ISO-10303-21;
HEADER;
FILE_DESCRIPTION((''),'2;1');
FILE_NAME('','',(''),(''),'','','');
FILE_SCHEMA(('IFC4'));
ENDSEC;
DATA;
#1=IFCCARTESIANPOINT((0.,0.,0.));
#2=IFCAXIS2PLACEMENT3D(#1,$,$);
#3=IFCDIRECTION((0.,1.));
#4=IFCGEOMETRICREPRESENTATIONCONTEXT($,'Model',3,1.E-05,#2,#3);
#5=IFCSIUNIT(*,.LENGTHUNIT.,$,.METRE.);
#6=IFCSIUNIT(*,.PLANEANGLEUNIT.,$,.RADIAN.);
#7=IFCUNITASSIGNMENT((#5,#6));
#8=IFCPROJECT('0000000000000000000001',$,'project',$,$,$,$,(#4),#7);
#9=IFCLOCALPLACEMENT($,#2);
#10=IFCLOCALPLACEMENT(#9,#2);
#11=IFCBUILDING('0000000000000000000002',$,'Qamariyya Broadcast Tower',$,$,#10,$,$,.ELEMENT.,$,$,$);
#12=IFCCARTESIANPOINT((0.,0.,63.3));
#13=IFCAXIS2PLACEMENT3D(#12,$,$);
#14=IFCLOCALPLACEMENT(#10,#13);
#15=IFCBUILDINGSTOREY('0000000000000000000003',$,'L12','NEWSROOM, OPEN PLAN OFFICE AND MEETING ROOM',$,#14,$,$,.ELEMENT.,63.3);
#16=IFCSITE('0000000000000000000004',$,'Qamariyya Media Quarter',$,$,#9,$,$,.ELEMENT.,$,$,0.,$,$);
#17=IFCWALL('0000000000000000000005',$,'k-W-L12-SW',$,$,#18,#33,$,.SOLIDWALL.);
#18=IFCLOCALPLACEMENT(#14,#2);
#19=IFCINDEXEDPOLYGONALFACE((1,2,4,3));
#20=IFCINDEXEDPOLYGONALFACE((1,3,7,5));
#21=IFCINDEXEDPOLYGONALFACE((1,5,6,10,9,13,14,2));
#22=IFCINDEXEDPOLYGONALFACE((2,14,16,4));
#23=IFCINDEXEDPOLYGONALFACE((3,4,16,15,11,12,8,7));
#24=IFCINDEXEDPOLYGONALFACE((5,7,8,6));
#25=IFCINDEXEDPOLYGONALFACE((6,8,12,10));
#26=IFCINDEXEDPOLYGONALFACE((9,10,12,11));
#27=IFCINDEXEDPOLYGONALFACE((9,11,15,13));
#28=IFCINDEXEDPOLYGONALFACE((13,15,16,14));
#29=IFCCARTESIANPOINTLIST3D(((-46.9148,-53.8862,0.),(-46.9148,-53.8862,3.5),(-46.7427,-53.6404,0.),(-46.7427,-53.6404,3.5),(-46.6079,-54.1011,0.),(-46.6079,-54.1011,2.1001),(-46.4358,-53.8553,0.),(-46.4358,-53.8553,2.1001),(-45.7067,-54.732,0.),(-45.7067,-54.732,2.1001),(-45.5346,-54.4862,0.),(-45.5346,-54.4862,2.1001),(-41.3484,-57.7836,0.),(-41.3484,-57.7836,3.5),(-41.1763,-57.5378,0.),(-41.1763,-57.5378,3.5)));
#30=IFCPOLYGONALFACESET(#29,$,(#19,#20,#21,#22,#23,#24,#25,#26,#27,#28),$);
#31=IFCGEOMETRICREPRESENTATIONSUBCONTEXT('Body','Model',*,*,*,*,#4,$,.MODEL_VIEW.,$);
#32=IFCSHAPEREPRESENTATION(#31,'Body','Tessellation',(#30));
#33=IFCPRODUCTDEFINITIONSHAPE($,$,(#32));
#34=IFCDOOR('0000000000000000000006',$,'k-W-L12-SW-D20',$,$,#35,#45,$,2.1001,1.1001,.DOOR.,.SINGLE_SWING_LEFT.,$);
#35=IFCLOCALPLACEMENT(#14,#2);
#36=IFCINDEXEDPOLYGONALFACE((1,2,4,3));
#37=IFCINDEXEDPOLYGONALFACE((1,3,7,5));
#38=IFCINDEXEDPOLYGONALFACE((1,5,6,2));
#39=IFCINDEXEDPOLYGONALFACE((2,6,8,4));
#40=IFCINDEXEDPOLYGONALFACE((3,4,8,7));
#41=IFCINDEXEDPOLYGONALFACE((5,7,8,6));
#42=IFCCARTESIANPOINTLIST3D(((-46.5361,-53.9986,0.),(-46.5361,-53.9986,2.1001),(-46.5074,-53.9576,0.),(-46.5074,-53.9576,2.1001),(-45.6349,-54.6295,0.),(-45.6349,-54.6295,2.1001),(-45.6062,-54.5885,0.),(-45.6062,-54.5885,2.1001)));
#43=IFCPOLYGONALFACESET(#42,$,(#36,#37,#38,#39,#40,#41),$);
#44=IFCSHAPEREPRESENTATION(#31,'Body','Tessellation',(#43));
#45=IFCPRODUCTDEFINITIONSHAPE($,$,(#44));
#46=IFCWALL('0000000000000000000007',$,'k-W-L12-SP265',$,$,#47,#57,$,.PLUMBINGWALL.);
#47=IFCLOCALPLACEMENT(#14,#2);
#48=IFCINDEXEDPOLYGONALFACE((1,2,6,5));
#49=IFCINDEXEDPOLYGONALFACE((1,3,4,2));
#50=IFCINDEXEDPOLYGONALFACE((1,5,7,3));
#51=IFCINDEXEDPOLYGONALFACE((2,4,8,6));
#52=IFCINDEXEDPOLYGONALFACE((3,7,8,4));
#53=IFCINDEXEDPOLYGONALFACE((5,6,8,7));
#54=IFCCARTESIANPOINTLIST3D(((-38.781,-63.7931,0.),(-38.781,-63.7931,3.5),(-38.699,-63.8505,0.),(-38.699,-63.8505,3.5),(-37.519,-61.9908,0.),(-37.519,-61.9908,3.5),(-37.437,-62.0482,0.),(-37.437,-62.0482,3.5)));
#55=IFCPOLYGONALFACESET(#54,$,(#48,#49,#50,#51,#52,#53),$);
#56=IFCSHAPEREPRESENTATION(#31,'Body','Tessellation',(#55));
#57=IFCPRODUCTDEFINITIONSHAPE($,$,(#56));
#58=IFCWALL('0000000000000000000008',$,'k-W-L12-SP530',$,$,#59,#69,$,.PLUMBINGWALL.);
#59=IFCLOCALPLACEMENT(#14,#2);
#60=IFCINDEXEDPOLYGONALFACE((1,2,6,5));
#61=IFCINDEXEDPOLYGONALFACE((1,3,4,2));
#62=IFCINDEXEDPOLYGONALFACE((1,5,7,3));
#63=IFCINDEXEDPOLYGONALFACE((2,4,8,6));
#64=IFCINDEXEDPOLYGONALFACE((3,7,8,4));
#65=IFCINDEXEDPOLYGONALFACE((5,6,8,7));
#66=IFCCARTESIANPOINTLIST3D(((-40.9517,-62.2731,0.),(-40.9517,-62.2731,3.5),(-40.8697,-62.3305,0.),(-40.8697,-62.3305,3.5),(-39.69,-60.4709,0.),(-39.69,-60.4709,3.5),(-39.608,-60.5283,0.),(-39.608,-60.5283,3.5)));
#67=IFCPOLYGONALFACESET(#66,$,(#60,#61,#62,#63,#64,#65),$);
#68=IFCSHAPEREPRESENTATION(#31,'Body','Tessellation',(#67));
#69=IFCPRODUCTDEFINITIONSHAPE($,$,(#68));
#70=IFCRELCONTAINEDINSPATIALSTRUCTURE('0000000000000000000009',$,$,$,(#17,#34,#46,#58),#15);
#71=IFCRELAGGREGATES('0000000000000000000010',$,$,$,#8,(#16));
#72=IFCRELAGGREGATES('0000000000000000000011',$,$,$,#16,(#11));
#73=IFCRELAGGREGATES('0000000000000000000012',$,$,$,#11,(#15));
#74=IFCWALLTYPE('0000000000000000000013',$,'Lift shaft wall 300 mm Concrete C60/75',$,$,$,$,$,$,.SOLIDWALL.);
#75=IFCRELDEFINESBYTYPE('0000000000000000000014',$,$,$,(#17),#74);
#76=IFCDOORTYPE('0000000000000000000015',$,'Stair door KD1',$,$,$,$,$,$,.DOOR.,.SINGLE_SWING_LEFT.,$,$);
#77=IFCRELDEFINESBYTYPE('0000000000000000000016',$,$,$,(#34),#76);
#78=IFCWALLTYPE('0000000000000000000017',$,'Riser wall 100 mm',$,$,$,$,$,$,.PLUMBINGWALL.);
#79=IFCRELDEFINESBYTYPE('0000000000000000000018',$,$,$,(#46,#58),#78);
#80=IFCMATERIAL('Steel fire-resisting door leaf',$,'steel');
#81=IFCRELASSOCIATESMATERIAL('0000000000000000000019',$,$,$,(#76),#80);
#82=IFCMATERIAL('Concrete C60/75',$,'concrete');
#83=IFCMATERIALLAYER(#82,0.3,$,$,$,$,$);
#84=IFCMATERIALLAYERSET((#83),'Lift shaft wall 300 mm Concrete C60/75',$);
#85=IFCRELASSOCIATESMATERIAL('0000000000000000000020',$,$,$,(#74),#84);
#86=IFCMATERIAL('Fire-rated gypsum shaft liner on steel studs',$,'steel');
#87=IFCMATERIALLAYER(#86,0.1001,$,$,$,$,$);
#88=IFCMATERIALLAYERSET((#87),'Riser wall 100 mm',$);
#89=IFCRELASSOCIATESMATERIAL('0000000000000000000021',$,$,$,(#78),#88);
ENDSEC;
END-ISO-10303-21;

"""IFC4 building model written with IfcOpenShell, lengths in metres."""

from ifc_helpers import new_model, si_unit, direction, frame, frame_2d, origin, place, context, subcontext, project, spatial, rectangle, extrude, material, layer, layer_set, type_object, element, fill, save


model = new_model("IFC4")

# Units and contexts
model_context = context("Model", 3, precision=1e-05, world=origin(), true_north=direction((0.0, 1.0)))
body_context = subcontext(model_context, "Body", "Model", "MODEL_VIEW")
ifc_project = project(units=[si_unit("LENGTHUNIT", "METRE"), si_unit("PLANEANGLEUNIT", "RADIAN")], contexts=[model_context])

# Site, building, storey
site_placement = place(None, origin())
site = spatial("IfcSite", under=ifc_project, at=site_placement, Name="Qamariyya Media Quarter", CompositionType="ELEMENT", RefElevation=0.0)
building_placement = place(site_placement, origin())
building = spatial("IfcBuilding", under=site, at=building_placement, Name="Qamariyya Broadcast Tower", CompositionType="ELEMENT")
storey_placement = place(building_placement, frame((0.0, 0.0, 63.3)))
storey = spatial("IfcBuildingStorey", under=building, at=storey_placement, Name="L12", Description="NEWSROOM, OPEN PLAN OFFICE AND MEETING ROOM", CompositionType="ELEMENT", Elevation=63.3)

# Shared definitions
ifc_material_1 = material(Name="Steel fire-resisting door leaf", Category="steel")
door_type_1 = type_object("IfcDoorType", Name="Stair door KD1", OperationType="SINGLE_SWING_LEFT", PredefinedType="DOOR", material=ifc_material_1)

# Shared definitions
ifc_material_2 = material(Name="Concrete C60/75", Category="concrete")
ifc_layer_1 = layer(ifc_material_2, 0.3)
ifc_layer_set_1 = layer_set([ifc_layer_1], Name="Lift shaft wall 300 mm Concrete C60/75")
wall_type_1 = type_object("IfcWallType", Name="Lift shaft wall 300 mm Concrete C60/75", PredefinedType="SOLIDWALL", material=ifc_layer_set_1)

# Wall, opening, door
wall_1_placement = place(storey_placement, frame((-41.2625, -57.6606, 0.0), z_axis=(0.0, 0.0, 1.0), x_axis=(-0.819164, 0.573559, 0.0)))
wall_1 = element("IfcWall", 1, at=wall_1_placement, inside=storey, type_object=wall_type_1, Name="k-W-L12-SW", PredefinedType="SOLIDWALL", context=body_context, shape_type="SweptSolid", body=[
    extrude(rectangle(XDim=6.7952, YDim=0.3, at=frame_2d((3.3975, 0.0))), origin(), (0.0, 0.0, 1.0), 3.5),
])
opening_1_placement = place(wall_1_placement, frame((5.3203, 0.0, 0.0)))
opening_1 = element("IfcOpeningElement", 2, at=opening_1_placement, cuts=wall_1, PredefinedType="OPENING", context=body_context, shape_type="SweptSolid", body=[
    extrude(rectangle(XDim=1.1001, YDim=2.1001, at=frame_2d((0.55, 1.05))), frame((0.0, 0.1599, 0.0), z_axis=(0.0, -1.0, 0.0), x_axis=(1.0, 0.0, 0.0)), (0.0, 0.0, 1.0), 0.3201),
])
door_1_placement = place(opening_1_placement, origin())
door_1 = element("IfcDoor", 3, at=door_1_placement, inside=storey, type_object=door_type_1, Name="k-W-L12-SW-D20", OperationType="SINGLE_SWING_LEFT", OverallHeight=2.1001, OverallWidth=1.1001, PredefinedType="DOOR", context=body_context, shape_type="SweptSolid", body=[
    extrude(rectangle(XDim=1.1001, YDim=2.1001, at=frame_2d((0.55, 1.05))), frame((0.0, 0.0249, 0.0), z_axis=(0.0, -1.0, 0.0), x_axis=(1.0, 0.0, 0.0)), (0.0, 0.0, 1.0), 0.05),
])
fill(opening_1, door_1)

# Walls
ifc_material_3 = material(Name="Fire-rated gypsum shaft liner on steel studs", Category="steel")
ifc_layer_2 = layer(ifc_material_3, 0.1001)
ifc_layer_set_2 = layer_set([ifc_layer_2], Name="Riser wall 100 mm")
wall_type_2 = type_object("IfcWallType", Name="Riser wall 100 mm", PredefinedType="PLUMBINGWALL", material=ifc_layer_set_2)
wall_2_placement = place(storey_placement, frame((-37.478, -62.0195, 0.0), z_axis=(0.0, 0.0, 1.0), x_axis=(-0.573581, -0.819149, 0.0)))
element("IfcWall", 4, at=wall_2_placement, inside=storey, type_object=wall_type_2, Name="k-W-L12-SP265", PredefinedType="PLUMBINGWALL", context=body_context, shape_type="SweptSolid", body=[
    extrude(rectangle(XDim=2.2002, YDim=0.1001, at=frame_2d((1.1001, 0.0))), origin(), (0.0, 0.0, 1.0), 3.5),
])
wall_3_placement = place(storey_placement, frame((-39.6489, -60.4995, 0.0), z_axis=(0.0, 0.0, 1.0), x_axis=(-0.573507, -0.819201, 0.0)))
element("IfcWall", 5, at=wall_3_placement, inside=storey, type_object=wall_type_2, Name="k-W-L12-SP530", PredefinedType="PLUMBINGWALL", context=body_context, shape_type="SweptSolid", body=[
    extrude(rectangle(XDim=2.2, YDim=0.1001, at=frame_2d((1.1001, 0.0))), origin(), (0.0, 0.0, 1.0), 3.5),
])

save(model, "model.ifc")
